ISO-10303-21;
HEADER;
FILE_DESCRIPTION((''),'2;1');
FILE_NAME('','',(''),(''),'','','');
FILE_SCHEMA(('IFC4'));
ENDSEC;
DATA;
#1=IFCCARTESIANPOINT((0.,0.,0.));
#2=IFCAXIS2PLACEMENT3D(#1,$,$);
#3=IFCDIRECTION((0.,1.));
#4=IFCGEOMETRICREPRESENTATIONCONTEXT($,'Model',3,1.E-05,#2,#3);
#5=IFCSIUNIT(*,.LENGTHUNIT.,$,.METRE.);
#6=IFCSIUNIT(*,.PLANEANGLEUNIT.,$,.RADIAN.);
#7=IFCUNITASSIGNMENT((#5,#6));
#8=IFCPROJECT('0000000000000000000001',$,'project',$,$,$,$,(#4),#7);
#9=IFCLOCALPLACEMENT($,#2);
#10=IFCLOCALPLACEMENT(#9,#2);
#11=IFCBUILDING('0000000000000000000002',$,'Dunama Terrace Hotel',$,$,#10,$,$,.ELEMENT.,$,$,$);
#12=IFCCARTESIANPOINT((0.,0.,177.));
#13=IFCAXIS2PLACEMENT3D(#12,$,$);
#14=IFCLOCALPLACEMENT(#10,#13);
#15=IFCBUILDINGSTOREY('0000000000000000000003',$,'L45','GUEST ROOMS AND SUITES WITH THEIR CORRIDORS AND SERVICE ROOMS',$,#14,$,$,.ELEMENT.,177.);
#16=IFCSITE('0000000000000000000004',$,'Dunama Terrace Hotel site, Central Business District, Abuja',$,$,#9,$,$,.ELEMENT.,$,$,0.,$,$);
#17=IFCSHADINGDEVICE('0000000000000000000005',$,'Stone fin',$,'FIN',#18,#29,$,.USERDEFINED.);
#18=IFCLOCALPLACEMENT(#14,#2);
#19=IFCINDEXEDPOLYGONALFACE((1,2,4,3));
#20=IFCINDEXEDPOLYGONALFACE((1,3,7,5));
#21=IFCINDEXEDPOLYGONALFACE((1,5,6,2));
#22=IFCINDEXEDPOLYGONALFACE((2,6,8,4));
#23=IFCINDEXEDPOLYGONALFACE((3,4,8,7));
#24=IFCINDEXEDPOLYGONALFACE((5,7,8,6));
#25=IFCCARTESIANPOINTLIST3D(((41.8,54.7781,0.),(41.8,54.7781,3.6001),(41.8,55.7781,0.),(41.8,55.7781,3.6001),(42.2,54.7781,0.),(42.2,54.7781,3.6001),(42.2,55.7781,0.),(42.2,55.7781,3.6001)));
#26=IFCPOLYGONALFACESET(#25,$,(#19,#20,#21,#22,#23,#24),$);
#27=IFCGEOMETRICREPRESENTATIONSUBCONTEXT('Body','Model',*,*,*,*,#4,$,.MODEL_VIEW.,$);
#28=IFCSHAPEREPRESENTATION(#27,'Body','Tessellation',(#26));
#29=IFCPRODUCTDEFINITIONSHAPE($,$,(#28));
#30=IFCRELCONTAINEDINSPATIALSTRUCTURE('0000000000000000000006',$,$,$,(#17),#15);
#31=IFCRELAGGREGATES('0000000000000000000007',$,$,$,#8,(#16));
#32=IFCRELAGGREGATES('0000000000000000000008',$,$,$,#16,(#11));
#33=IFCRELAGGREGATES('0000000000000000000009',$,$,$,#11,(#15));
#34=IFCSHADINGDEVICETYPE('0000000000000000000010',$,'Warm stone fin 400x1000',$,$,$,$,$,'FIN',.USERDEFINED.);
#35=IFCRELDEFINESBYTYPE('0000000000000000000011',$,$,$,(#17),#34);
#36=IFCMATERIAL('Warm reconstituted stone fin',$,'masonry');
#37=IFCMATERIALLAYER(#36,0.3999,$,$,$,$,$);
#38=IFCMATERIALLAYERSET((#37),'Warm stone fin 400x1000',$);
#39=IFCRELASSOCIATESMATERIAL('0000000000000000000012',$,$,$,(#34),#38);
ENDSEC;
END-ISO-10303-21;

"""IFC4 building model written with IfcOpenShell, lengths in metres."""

from ifc_helpers import new_model, si_unit, direction, frame, origin, origin_2d, place, context, subcontext, project, spatial, rectangle, extrude, material, layer, layer_set, type_object, element, save


model = new_model("IFC4")

# Units and contexts
model_context = context("Model", 3, precision=1e-05, world=origin(), true_north=direction((0.0, 1.0)))
body_context = subcontext(model_context, "Body", "Model", "MODEL_VIEW")
ifc_project = project(units=[si_unit("LENGTHUNIT", "METRE"), si_unit("PLANEANGLEUNIT", "RADIAN")], contexts=[model_context])

# Site, building, storey
site_placement = place(None, origin())
site = spatial("IfcSite", under=ifc_project, at=site_placement, Name="Dunama Terrace Hotel site, Central Business District, Abuja", CompositionType="ELEMENT", RefElevation=0.0)
building_placement = place(site_placement, origin())
building = spatial("IfcBuilding", under=site, at=building_placement, Name="Dunama Terrace Hotel", CompositionType="ELEMENT")
storey_placement = place(building_placement, frame((0.0, 0.0, 177.0)))
storey = spatial("IfcBuildingStorey", under=building, at=storey_placement, Name="L45", Description="GUEST ROOMS AND SUITES WITH THEIR CORRIDORS AND SERVICE ROOMS", CompositionType="ELEMENT", Elevation=177.0)

# Shading device
ifc_material_1 = material(Name="Warm reconstituted stone fin", Category="masonry")
ifc_layer_1 = layer(ifc_material_1, 0.3999)
ifc_layer_set_1 = layer_set([ifc_layer_1], Name="Warm stone fin 400x1000")
shading_device_type = type_object("IfcShadingDeviceType", Name="Warm stone fin 400x1000", ElementType="FIN", PredefinedType="USERDEFINED", material=ifc_layer_set_1)
shading_device_placement = place(storey_placement, frame((42.0, 55.2781, 0.0), z_axis=(0.0, 0.0, 1.0), x_axis=(-1.0, 0.0, 0.0)))
element("IfcShadingDevice", 1, at=shading_device_placement, inside=storey, type_object=shading_device_type, Name="Stone fin", ObjectType="FIN", PredefinedType="USERDEFINED", context=body_context, shape_type="SweptSolid", body=[
    extrude(rectangle(XDim=0.3999, YDim=1.0, at=origin_2d()), origin(), (0.0, 0.0, 1.0), 3.6001),
])

save(model, "model.ifc")
